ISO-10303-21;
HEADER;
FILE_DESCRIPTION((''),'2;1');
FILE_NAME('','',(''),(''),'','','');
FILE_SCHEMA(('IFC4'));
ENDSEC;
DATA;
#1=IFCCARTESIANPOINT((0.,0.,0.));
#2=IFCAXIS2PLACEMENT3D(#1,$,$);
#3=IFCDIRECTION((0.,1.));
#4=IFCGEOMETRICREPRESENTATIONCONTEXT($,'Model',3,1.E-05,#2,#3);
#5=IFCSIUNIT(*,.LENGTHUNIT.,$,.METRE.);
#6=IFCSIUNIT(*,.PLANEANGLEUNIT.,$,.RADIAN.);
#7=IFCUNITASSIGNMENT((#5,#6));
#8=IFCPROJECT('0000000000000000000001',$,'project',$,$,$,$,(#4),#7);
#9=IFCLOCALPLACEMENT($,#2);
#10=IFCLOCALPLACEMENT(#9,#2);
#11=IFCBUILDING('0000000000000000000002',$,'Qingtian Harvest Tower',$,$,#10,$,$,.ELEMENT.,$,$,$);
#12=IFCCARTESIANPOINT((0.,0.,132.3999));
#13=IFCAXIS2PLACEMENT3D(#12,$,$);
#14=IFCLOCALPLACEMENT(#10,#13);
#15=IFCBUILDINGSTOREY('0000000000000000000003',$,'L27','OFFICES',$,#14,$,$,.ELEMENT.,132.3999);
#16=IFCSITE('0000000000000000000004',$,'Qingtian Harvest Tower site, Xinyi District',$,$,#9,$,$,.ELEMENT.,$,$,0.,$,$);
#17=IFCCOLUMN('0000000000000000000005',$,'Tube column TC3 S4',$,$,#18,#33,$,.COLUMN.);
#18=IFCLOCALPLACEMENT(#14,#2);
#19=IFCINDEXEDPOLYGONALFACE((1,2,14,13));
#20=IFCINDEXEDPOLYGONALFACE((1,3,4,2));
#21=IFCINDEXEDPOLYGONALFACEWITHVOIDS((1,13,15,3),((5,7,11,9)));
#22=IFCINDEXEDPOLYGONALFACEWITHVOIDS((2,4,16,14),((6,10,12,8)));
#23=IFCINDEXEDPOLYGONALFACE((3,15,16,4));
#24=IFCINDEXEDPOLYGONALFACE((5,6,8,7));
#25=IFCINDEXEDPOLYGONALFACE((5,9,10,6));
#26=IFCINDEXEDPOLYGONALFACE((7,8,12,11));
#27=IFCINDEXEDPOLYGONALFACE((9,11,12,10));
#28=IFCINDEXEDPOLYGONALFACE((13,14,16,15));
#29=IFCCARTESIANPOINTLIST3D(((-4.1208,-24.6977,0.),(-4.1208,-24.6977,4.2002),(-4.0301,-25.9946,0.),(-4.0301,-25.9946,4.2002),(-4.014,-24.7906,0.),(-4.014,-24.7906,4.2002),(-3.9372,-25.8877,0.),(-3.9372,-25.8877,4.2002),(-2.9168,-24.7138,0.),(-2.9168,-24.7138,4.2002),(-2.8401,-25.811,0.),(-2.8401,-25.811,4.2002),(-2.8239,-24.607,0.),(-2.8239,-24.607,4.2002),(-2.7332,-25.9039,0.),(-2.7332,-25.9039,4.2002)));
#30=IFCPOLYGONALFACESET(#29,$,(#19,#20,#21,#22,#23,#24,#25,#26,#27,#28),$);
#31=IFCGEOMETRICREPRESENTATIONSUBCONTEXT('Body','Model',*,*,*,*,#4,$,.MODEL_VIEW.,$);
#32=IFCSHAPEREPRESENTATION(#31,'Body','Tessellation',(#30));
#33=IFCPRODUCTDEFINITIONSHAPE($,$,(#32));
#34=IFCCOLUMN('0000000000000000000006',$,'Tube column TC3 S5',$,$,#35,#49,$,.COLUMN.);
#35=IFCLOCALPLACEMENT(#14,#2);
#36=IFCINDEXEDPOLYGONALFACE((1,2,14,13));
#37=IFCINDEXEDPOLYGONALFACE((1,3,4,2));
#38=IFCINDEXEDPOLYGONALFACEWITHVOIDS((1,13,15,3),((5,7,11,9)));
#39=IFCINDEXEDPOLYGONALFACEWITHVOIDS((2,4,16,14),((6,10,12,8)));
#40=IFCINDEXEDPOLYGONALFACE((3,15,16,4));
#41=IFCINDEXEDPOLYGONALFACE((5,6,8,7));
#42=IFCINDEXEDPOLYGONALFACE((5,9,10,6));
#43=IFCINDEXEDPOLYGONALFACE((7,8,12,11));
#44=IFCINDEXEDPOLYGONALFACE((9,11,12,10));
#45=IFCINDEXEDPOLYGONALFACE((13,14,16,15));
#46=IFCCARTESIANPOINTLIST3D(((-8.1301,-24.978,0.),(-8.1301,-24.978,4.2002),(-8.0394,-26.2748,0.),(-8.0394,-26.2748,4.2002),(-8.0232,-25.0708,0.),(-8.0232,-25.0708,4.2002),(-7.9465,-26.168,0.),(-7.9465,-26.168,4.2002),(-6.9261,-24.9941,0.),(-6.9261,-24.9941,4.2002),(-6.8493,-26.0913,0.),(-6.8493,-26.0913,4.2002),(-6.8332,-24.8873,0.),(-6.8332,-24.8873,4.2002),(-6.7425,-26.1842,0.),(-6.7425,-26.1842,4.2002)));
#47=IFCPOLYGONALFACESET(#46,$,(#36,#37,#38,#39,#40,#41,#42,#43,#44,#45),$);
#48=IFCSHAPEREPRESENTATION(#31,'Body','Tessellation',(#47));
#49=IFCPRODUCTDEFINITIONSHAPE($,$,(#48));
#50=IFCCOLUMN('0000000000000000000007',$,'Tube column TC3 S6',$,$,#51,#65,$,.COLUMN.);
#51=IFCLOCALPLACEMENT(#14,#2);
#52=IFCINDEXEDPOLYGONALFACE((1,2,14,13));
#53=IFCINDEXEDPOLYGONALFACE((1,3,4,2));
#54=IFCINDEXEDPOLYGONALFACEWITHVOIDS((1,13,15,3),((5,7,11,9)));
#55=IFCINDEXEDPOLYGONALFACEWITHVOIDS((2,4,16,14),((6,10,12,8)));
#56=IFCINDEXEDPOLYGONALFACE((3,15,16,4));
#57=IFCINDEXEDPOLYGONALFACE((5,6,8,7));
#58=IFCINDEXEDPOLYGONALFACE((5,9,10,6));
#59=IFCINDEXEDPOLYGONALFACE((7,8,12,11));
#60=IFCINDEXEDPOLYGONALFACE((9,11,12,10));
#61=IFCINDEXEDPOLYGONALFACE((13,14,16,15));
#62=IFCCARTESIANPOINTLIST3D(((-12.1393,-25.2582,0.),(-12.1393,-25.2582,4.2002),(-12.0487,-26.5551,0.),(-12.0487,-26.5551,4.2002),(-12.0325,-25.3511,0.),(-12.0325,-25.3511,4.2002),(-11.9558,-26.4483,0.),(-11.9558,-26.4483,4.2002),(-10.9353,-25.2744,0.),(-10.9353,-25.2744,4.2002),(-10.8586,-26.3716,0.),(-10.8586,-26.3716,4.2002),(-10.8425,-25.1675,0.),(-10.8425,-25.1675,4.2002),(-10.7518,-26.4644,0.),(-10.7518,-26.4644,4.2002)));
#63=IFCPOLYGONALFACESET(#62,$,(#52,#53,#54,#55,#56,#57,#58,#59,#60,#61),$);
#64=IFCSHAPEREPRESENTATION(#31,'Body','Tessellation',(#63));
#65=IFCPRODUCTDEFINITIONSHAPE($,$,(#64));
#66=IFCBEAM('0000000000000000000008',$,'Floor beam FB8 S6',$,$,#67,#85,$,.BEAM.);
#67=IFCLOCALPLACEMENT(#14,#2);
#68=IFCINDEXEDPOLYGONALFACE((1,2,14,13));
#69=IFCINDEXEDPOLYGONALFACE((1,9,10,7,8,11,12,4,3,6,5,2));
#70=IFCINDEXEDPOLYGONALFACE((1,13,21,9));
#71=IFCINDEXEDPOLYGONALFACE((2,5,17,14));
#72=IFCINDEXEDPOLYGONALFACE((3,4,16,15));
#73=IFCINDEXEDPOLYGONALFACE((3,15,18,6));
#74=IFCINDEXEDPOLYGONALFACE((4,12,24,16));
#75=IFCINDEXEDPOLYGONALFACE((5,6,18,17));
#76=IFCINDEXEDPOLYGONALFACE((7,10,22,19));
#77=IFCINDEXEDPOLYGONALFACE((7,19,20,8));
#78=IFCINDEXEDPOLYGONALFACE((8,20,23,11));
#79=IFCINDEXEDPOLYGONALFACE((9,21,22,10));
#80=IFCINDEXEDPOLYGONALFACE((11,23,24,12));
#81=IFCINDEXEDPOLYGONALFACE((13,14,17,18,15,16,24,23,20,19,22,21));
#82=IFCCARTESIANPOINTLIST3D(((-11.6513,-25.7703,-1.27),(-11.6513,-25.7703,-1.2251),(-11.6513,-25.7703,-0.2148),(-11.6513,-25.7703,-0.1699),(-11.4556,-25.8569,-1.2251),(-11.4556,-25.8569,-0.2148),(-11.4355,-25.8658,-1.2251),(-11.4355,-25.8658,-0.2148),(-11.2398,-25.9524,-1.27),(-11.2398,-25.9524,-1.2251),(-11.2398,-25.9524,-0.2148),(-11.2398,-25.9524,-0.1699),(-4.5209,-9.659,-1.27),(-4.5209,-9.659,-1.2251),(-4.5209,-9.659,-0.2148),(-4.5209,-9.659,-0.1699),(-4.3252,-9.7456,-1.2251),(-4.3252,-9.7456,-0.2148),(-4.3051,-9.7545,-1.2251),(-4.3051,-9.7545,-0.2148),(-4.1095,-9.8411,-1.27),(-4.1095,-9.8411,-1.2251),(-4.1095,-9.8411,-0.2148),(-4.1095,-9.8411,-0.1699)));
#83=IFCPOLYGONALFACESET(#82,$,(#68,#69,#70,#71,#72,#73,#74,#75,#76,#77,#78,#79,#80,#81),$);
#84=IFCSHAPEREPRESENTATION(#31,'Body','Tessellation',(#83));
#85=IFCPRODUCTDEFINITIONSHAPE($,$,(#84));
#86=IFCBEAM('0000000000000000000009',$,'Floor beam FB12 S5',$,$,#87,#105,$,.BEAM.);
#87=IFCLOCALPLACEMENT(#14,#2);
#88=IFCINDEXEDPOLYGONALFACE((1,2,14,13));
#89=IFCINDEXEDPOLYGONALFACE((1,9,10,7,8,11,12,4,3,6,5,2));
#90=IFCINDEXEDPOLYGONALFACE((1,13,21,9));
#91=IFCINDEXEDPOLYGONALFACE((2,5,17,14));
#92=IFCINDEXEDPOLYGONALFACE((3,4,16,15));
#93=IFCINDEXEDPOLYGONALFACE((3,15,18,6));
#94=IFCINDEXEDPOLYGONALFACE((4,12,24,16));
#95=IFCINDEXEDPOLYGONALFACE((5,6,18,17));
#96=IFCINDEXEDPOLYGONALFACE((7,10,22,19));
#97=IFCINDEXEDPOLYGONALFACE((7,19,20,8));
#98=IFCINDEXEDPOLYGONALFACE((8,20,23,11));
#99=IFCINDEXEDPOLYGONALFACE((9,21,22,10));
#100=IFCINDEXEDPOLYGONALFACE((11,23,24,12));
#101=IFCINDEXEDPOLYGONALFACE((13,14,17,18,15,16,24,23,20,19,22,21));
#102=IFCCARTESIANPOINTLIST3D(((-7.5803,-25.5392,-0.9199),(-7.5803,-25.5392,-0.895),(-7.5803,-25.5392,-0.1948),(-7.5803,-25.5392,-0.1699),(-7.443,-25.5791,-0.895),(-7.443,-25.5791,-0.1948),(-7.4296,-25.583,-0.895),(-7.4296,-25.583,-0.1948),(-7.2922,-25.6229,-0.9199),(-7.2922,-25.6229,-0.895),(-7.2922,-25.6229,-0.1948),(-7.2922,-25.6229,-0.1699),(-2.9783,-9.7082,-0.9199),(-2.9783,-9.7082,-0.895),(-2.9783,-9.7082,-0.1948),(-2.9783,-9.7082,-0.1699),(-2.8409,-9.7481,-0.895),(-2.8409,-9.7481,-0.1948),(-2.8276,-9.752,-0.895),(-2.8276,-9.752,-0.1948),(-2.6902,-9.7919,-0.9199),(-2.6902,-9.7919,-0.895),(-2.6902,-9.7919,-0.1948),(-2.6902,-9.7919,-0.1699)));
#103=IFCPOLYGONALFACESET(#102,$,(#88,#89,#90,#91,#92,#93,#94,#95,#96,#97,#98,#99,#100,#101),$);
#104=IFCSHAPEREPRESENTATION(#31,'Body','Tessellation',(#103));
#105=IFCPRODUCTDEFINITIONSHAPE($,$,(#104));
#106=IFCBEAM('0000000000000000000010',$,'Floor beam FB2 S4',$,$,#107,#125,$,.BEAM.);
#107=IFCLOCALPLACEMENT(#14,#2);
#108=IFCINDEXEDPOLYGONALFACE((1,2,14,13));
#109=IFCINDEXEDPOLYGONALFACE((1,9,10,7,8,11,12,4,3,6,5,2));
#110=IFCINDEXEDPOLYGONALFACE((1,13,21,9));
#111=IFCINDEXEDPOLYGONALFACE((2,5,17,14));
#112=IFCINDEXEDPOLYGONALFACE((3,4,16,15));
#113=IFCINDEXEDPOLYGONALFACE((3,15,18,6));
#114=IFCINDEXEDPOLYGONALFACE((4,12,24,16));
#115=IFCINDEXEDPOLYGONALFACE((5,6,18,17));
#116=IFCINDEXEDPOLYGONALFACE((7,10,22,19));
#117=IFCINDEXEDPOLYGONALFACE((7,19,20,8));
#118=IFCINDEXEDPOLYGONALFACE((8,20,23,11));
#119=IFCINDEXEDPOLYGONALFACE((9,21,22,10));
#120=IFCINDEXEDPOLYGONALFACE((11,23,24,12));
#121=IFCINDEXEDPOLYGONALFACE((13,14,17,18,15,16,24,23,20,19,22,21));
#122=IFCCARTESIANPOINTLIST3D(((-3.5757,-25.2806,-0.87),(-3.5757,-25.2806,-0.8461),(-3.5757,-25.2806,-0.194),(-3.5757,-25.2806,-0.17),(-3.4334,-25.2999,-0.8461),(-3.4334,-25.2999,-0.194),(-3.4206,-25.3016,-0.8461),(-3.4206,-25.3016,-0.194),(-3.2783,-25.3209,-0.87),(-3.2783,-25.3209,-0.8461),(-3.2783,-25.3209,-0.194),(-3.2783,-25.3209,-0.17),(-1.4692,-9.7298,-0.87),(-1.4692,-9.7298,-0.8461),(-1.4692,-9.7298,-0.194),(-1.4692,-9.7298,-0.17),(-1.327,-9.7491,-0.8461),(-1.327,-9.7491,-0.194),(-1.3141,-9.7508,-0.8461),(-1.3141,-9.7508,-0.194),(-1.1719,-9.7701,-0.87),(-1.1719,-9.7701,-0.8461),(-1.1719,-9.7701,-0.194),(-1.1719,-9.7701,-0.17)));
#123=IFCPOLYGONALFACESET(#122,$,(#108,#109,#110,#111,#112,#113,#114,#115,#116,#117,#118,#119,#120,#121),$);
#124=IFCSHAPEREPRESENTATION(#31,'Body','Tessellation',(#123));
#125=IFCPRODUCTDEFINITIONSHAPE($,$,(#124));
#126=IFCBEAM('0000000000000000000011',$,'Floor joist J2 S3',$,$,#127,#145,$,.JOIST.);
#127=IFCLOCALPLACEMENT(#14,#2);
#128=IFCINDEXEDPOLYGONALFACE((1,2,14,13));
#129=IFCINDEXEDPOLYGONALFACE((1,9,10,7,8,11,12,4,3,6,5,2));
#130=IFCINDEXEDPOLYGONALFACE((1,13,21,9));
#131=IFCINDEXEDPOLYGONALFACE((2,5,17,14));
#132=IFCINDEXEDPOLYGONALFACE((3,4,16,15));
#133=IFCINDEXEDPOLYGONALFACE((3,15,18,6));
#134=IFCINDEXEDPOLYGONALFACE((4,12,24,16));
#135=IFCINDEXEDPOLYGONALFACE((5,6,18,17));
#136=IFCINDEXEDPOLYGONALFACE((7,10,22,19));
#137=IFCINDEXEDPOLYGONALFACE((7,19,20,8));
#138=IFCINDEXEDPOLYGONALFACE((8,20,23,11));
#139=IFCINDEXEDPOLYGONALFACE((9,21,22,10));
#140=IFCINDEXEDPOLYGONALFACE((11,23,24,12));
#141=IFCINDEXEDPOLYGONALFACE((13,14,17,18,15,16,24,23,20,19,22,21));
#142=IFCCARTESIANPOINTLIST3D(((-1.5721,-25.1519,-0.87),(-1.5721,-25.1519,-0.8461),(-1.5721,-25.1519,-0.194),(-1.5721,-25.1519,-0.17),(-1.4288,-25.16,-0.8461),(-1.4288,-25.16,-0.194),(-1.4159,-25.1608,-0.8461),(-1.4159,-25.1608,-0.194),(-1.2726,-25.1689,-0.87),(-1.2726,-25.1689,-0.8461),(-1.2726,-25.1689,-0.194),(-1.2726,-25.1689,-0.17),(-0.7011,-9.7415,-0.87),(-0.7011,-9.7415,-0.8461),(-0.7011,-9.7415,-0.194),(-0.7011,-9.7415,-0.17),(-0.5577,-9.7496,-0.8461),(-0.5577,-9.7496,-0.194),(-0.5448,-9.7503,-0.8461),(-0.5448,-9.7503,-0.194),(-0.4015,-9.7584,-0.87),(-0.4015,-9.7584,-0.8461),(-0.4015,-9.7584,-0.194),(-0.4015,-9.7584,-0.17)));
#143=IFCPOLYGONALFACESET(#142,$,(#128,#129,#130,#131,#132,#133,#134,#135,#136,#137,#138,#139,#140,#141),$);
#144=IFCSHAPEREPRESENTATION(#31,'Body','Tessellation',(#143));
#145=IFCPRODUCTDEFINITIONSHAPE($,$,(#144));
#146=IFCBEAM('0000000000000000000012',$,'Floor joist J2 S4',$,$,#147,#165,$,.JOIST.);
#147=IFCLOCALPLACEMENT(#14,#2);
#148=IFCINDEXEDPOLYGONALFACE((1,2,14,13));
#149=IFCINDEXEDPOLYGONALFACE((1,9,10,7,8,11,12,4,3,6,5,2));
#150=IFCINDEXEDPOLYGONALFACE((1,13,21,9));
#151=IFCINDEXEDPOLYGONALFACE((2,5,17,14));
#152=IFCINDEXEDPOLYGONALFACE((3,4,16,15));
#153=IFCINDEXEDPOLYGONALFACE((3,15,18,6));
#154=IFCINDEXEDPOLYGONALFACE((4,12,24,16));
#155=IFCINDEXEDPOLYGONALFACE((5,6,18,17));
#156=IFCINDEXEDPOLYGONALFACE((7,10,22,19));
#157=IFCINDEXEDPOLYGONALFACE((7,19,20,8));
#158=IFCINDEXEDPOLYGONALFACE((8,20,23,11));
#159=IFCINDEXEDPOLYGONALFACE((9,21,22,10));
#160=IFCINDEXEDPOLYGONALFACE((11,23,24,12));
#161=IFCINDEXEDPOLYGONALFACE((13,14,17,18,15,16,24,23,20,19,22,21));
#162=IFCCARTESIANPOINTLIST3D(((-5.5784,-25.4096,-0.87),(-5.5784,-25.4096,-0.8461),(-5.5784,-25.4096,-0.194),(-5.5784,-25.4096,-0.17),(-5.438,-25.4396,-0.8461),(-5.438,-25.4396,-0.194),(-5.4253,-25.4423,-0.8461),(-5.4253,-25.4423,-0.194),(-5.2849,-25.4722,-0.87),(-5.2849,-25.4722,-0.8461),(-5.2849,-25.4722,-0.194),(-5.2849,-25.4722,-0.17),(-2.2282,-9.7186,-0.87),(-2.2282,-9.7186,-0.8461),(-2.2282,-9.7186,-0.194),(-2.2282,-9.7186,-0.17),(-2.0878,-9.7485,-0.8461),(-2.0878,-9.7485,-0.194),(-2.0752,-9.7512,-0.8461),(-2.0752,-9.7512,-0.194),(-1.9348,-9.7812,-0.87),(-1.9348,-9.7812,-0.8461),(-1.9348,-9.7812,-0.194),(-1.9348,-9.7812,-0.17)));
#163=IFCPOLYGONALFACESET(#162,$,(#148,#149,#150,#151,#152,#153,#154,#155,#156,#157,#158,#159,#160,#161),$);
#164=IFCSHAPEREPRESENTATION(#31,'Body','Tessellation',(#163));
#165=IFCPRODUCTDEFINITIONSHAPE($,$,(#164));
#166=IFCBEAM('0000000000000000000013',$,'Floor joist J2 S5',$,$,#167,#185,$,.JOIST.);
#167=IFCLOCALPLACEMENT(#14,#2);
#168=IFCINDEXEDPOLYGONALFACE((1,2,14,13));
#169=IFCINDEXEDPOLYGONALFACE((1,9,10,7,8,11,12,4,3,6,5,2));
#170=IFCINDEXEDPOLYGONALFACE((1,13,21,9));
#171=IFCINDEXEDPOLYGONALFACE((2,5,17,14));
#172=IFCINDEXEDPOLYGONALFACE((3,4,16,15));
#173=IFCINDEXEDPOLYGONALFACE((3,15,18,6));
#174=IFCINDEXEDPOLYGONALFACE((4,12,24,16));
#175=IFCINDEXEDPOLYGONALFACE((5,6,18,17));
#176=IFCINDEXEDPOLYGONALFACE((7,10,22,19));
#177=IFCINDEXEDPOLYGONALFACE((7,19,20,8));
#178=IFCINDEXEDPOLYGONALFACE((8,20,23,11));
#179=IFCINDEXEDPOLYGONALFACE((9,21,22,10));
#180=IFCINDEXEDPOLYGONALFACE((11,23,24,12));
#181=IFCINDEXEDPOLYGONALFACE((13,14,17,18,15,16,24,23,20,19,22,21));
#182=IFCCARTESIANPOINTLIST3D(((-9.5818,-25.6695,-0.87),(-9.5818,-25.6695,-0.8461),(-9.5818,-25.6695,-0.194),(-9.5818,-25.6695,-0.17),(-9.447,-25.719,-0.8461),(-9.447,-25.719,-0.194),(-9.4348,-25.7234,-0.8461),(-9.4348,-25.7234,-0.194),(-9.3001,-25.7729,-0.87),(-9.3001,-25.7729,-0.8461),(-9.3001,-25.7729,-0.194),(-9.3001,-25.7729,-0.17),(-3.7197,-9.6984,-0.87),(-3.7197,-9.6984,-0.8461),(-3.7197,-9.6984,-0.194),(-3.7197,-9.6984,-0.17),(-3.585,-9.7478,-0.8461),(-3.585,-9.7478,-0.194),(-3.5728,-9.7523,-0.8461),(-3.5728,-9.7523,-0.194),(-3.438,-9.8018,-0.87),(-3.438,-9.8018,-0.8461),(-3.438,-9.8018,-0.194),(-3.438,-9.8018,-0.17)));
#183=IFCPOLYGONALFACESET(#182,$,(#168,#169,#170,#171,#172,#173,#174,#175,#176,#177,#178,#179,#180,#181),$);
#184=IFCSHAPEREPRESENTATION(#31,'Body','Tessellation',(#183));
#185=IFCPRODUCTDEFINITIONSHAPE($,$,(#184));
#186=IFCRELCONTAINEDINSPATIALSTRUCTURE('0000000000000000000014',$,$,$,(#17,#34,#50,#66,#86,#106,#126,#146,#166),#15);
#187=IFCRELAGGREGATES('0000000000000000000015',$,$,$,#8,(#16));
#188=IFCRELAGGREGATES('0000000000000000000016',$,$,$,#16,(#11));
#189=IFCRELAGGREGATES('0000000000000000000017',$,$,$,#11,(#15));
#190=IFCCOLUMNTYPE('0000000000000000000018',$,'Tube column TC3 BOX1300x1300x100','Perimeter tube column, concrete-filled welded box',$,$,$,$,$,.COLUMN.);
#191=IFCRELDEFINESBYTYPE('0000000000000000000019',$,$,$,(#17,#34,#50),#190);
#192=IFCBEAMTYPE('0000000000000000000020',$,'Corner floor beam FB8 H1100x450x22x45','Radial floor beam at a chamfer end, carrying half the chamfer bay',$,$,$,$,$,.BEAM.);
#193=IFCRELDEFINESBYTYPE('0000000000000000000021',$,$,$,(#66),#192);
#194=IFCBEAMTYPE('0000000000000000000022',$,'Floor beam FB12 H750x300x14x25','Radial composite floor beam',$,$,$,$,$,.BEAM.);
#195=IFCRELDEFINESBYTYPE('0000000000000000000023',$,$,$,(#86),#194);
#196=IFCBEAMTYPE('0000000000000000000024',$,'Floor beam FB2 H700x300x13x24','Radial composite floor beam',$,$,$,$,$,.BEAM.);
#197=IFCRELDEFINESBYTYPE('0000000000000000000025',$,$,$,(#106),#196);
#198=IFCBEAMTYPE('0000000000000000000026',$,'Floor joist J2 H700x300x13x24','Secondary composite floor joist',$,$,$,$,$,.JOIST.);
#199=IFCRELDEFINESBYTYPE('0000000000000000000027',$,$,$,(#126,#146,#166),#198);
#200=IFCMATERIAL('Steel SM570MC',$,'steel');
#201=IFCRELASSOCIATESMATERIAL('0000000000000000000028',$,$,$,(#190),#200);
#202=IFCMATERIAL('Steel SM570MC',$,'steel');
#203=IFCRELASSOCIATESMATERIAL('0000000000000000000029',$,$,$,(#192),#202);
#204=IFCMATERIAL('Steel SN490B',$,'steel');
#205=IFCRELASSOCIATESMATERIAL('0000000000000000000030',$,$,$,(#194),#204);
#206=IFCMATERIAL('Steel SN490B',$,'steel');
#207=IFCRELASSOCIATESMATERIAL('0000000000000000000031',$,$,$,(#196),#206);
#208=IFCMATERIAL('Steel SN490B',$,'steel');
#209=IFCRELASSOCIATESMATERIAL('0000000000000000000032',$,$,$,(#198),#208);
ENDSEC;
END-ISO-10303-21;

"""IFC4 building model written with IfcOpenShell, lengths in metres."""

from ifc_helpers import new_model, si_unit, direction, frame, origin, origin_2d, place, context, subcontext, project, spatial, hollow_rectangle, i_section, extrude, material, material_profile, profile_set, type_object, element, save


model = new_model("IFC4")

# Units and contexts
model_context = context("Model", 3, precision=1e-05, world=origin(), true_north=direction((0.0, 1.0)))
body_context = subcontext(model_context, "Body", "Model", "MODEL_VIEW")
ifc_project = project(units=[si_unit("LENGTHUNIT", "METRE"), si_unit("PLANEANGLEUNIT", "RADIAN")], contexts=[model_context])

# Site, building, storey
site_placement = place(None, origin())
site = spatial("IfcSite", under=ifc_project, at=site_placement, Name="Qingtian Harvest Tower site, Xinyi District", CompositionType="ELEMENT", RefElevation=0.0)
building_placement = place(site_placement, origin())
building = spatial("IfcBuilding", under=site, at=building_placement, Name="Qingtian Harvest Tower", CompositionType="ELEMENT")
storey_placement = place(building_placement, frame((0.0, 0.0, 132.3999)))
storey = spatial("IfcBuildingStorey", under=building, at=storey_placement, Name="L27", Description="OFFICES", CompositionType="ELEMENT", Elevation=132.3999)

# Columns
ifc_material_1 = material(Name="Steel SM570MC", Category="steel")
ifc_material_profile_1 = material_profile(ifc_material_1, hollow_rectangle(XDim=1.3, YDim=1.3, WallThickness=0.1001, at=origin_2d()), Name="BOX1300x1300x100")
ifc_profile_set_1 = profile_set([ifc_material_profile_1], Name="Steel SM570MC")
column_type = type_object("IfcColumnType", Name="Tube column TC3 BOX1300x1300x100", Description="Perimeter tube column, concrete-filled welded box", PredefinedType="COLUMN", material=ifc_profile_set_1)
for number, where, z_axis, x_axis, name in (
    (1, (-3.427, -25.3008, 0.0), (0.0, 0.0, 1.0), (0.997564, 0.069756, 0.0), "Tube column TC3 S4"),
    (2, (-7.4363, -25.5811, 0.0), (0.0, 0.0, 1.0), (0.997564, 0.069756, 0.0), "Tube column TC3 S5"),
    (3, (-11.4456, -25.8613, 0.0), (0.0, 0.0, 1.0), (0.997564, 0.069756, 0.0), "Tube column TC3 S6"),
):
    element("IfcColumn", number, at=place(storey_placement, frame(where, z_axis=z_axis, x_axis=x_axis)), inside=storey, type_object=column_type, Name=name, PredefinedType="COLUMN", context=body_context, shape_type="SweptSolid", body=[
        extrude(hollow_rectangle(XDim=1.3, YDim=1.3, WallThickness=0.1001, at=origin_2d()), origin(), (0.0, 0.0, 1.0), 4.2002),
    ])

# Beams
ifc_material_2 = material(Name="Steel SM570MC", Category="steel")
ifc_material_profile_2 = material_profile(ifc_material_2, i_section(OverallWidth=0.45, OverallDepth=1.1001, WebThickness=0.022, FlangeThickness=0.0449, at=origin_2d()), Name="H1100x450x22x45")
ifc_profile_set_2 = profile_set([ifc_material_profile_2], Name="Steel SM570MC")
beam_type_1 = type_object("IfcBeamType", Name="Corner floor beam FB8 H1100x450x22x45", Description="Radial floor beam at a chamfer end, carrying half the chamfer bay", PredefinedType="BEAM", material=ifc_profile_set_2)
beam_1_placement = place(storey_placement, frame((-11.4456, -25.8613, -0.72), z_axis=(0.404706, 0.914447, 0.0), x_axis=(-0.914447, 0.404706, 0.0)))
element("IfcBeam", 4, at=beam_1_placement, inside=storey, type_object=beam_type_1, Name="Floor beam FB8 S6", PredefinedType="BEAM", context=body_context, shape_type="SweptSolid", body=[
    extrude(i_section(OverallWidth=0.45, OverallDepth=1.1001, WebThickness=0.022, FlangeThickness=0.0449, at=origin_2d()), origin(), (0.0, 0.0, 1.0), 17.6187),
])
ifc_material_3 = material(Name="Steel SN490B", Category="steel")
ifc_material_profile_3 = material_profile(ifc_material_3, i_section(OverallWidth=0.3, OverallDepth=0.75, WebThickness=0.0139, FlangeThickness=0.0249, at=origin_2d()), Name="H750x300x14x25")
ifc_profile_set_3 = profile_set([ifc_material_profile_3], Name="Steel SN490B")
beam_type_2 = type_object("IfcBeamType", Name="Floor beam FB12 H750x300x14x25", Description="Radial composite floor beam", PredefinedType="BEAM", material=ifc_profile_set_3)
beam_2_placement = place(storey_placement, frame((-7.4363, -25.5811, -0.5449), z_axis=(0.279142, 0.96025, 0.0), x_axis=(-0.96025, 0.279142, 0.0)))
element("IfcBeam", 5, at=beam_2_placement, inside=storey, type_object=beam_type_2, Name="Floor beam FB12 S5", PredefinedType="BEAM", context=body_context, shape_type="SweptSolid", body=[
    extrude(i_section(OverallWidth=0.3, OverallDepth=0.75, WebThickness=0.0139, FlangeThickness=0.0249, at=origin_2d()), origin(), (0.0, 0.0, 1.0), 16.4863),
])
ifc_material_4 = material(Name="Steel SN490B", Category="steel")
ifc_material_profile_4 = material_profile(ifc_material_4, i_section(OverallWidth=0.3, OverallDepth=0.7, WebThickness=0.0129, FlangeThickness=0.0239, at=origin_2d()), Name="H700x300x13x24")
ifc_profile_set_4 = profile_set([ifc_material_profile_4], Name="Steel SN490B")
beam_type_3 = type_object("IfcBeamType", Name="Floor beam FB2 H700x300x13x24", Description="Radial composite floor beam", PredefinedType="BEAM", material=ifc_profile_set_4)
beam_3_placement = place(storey_placement, frame((-3.427, -25.3008, -0.52), z_axis=(0.13423, 0.99095, 0.0), x_axis=(-0.99095, 0.13423, 0.0)))
element("IfcBeam", 6, at=beam_3_placement, inside=storey, type_object=beam_type_3, Name="Floor beam FB2 S4", PredefinedType="BEAM", context=body_context, shape_type="SweptSolid", body=[
    extrude(i_section(OverallWidth=0.3, OverallDepth=0.7, WebThickness=0.0129, FlangeThickness=0.0239, at=origin_2d()), origin(), (0.0, 0.0, 1.0), 15.6929),
])
ifc_material_5 = material(Name="Steel SN490B", Category="steel")
ifc_material_profile_5 = material_profile(ifc_material_5, i_section(OverallWidth=0.3, OverallDepth=0.7, WebThickness=0.0129, FlangeThickness=0.0239, at=origin_2d()), Name="H700x300x13x24")
ifc_profile_set_5 = profile_set([ifc_material_profile_5], Name="Steel SN490B")
beam_type_4 = type_object("IfcBeamType", Name="Floor joist J2 H700x300x13x24", Description="Secondary composite floor joist", PredefinedType="JOIST", material=ifc_profile_set_5)
beam_4_placement = place(storey_placement, frame((-1.4224, -25.1604, -0.52), z_axis=(0.056436, 0.998406, 0.0), x_axis=(-0.998406, 0.056436, 0.0)))
element("IfcBeam", 7, at=beam_4_placement, inside=storey, type_object=beam_type_4, Name="Floor joist J2 S3", PredefinedType="JOIST", context=body_context, shape_type="SweptSolid", body=[
    extrude(i_section(OverallWidth=0.3, OverallDepth=0.7, WebThickness=0.0129, FlangeThickness=0.0239, at=origin_2d()), origin(), (0.0, 0.0, 1.0), 15.4351),
])
beam_5_placement = place(storey_placement, frame((-5.4316, -25.4409, -0.52), z_axis=(0.2088, 0.977958, 0.0), x_axis=(-0.977958, 0.2088, 0.0)))
element("IfcBeam", 8, at=beam_5_placement, inside=storey, type_object=beam_type_4, Name="Floor joist J2 S4", PredefinedType="JOIST", context=body_context, shape_type="SweptSolid", body=[
    extrude(i_section(OverallWidth=0.3, OverallDepth=0.7, WebThickness=0.0129, FlangeThickness=0.0239, at=origin_2d()), origin(), (0.0, 0.0, 1.0), 16.0447),
])
beam_6_placement = place(storey_placement, frame((-9.4409, -25.7212, -0.52), z_axis=(0.344563, 0.938763, 0.0), x_axis=(-0.938763, 0.344563, 0.0)))
element("IfcBeam", 9, at=beam_6_placement, inside=storey, type_object=beam_type_4, Name="Floor joist J2 S5", PredefinedType="JOIST", context=body_context, shape_type="SweptSolid", body=[
    extrude(i_section(OverallWidth=0.3, OverallDepth=0.7, WebThickness=0.0129, FlangeThickness=0.0239, at=origin_2d()), origin(), (0.0, 0.0, 1.0), 17.0129),
])

save(model, "model.ifc")
